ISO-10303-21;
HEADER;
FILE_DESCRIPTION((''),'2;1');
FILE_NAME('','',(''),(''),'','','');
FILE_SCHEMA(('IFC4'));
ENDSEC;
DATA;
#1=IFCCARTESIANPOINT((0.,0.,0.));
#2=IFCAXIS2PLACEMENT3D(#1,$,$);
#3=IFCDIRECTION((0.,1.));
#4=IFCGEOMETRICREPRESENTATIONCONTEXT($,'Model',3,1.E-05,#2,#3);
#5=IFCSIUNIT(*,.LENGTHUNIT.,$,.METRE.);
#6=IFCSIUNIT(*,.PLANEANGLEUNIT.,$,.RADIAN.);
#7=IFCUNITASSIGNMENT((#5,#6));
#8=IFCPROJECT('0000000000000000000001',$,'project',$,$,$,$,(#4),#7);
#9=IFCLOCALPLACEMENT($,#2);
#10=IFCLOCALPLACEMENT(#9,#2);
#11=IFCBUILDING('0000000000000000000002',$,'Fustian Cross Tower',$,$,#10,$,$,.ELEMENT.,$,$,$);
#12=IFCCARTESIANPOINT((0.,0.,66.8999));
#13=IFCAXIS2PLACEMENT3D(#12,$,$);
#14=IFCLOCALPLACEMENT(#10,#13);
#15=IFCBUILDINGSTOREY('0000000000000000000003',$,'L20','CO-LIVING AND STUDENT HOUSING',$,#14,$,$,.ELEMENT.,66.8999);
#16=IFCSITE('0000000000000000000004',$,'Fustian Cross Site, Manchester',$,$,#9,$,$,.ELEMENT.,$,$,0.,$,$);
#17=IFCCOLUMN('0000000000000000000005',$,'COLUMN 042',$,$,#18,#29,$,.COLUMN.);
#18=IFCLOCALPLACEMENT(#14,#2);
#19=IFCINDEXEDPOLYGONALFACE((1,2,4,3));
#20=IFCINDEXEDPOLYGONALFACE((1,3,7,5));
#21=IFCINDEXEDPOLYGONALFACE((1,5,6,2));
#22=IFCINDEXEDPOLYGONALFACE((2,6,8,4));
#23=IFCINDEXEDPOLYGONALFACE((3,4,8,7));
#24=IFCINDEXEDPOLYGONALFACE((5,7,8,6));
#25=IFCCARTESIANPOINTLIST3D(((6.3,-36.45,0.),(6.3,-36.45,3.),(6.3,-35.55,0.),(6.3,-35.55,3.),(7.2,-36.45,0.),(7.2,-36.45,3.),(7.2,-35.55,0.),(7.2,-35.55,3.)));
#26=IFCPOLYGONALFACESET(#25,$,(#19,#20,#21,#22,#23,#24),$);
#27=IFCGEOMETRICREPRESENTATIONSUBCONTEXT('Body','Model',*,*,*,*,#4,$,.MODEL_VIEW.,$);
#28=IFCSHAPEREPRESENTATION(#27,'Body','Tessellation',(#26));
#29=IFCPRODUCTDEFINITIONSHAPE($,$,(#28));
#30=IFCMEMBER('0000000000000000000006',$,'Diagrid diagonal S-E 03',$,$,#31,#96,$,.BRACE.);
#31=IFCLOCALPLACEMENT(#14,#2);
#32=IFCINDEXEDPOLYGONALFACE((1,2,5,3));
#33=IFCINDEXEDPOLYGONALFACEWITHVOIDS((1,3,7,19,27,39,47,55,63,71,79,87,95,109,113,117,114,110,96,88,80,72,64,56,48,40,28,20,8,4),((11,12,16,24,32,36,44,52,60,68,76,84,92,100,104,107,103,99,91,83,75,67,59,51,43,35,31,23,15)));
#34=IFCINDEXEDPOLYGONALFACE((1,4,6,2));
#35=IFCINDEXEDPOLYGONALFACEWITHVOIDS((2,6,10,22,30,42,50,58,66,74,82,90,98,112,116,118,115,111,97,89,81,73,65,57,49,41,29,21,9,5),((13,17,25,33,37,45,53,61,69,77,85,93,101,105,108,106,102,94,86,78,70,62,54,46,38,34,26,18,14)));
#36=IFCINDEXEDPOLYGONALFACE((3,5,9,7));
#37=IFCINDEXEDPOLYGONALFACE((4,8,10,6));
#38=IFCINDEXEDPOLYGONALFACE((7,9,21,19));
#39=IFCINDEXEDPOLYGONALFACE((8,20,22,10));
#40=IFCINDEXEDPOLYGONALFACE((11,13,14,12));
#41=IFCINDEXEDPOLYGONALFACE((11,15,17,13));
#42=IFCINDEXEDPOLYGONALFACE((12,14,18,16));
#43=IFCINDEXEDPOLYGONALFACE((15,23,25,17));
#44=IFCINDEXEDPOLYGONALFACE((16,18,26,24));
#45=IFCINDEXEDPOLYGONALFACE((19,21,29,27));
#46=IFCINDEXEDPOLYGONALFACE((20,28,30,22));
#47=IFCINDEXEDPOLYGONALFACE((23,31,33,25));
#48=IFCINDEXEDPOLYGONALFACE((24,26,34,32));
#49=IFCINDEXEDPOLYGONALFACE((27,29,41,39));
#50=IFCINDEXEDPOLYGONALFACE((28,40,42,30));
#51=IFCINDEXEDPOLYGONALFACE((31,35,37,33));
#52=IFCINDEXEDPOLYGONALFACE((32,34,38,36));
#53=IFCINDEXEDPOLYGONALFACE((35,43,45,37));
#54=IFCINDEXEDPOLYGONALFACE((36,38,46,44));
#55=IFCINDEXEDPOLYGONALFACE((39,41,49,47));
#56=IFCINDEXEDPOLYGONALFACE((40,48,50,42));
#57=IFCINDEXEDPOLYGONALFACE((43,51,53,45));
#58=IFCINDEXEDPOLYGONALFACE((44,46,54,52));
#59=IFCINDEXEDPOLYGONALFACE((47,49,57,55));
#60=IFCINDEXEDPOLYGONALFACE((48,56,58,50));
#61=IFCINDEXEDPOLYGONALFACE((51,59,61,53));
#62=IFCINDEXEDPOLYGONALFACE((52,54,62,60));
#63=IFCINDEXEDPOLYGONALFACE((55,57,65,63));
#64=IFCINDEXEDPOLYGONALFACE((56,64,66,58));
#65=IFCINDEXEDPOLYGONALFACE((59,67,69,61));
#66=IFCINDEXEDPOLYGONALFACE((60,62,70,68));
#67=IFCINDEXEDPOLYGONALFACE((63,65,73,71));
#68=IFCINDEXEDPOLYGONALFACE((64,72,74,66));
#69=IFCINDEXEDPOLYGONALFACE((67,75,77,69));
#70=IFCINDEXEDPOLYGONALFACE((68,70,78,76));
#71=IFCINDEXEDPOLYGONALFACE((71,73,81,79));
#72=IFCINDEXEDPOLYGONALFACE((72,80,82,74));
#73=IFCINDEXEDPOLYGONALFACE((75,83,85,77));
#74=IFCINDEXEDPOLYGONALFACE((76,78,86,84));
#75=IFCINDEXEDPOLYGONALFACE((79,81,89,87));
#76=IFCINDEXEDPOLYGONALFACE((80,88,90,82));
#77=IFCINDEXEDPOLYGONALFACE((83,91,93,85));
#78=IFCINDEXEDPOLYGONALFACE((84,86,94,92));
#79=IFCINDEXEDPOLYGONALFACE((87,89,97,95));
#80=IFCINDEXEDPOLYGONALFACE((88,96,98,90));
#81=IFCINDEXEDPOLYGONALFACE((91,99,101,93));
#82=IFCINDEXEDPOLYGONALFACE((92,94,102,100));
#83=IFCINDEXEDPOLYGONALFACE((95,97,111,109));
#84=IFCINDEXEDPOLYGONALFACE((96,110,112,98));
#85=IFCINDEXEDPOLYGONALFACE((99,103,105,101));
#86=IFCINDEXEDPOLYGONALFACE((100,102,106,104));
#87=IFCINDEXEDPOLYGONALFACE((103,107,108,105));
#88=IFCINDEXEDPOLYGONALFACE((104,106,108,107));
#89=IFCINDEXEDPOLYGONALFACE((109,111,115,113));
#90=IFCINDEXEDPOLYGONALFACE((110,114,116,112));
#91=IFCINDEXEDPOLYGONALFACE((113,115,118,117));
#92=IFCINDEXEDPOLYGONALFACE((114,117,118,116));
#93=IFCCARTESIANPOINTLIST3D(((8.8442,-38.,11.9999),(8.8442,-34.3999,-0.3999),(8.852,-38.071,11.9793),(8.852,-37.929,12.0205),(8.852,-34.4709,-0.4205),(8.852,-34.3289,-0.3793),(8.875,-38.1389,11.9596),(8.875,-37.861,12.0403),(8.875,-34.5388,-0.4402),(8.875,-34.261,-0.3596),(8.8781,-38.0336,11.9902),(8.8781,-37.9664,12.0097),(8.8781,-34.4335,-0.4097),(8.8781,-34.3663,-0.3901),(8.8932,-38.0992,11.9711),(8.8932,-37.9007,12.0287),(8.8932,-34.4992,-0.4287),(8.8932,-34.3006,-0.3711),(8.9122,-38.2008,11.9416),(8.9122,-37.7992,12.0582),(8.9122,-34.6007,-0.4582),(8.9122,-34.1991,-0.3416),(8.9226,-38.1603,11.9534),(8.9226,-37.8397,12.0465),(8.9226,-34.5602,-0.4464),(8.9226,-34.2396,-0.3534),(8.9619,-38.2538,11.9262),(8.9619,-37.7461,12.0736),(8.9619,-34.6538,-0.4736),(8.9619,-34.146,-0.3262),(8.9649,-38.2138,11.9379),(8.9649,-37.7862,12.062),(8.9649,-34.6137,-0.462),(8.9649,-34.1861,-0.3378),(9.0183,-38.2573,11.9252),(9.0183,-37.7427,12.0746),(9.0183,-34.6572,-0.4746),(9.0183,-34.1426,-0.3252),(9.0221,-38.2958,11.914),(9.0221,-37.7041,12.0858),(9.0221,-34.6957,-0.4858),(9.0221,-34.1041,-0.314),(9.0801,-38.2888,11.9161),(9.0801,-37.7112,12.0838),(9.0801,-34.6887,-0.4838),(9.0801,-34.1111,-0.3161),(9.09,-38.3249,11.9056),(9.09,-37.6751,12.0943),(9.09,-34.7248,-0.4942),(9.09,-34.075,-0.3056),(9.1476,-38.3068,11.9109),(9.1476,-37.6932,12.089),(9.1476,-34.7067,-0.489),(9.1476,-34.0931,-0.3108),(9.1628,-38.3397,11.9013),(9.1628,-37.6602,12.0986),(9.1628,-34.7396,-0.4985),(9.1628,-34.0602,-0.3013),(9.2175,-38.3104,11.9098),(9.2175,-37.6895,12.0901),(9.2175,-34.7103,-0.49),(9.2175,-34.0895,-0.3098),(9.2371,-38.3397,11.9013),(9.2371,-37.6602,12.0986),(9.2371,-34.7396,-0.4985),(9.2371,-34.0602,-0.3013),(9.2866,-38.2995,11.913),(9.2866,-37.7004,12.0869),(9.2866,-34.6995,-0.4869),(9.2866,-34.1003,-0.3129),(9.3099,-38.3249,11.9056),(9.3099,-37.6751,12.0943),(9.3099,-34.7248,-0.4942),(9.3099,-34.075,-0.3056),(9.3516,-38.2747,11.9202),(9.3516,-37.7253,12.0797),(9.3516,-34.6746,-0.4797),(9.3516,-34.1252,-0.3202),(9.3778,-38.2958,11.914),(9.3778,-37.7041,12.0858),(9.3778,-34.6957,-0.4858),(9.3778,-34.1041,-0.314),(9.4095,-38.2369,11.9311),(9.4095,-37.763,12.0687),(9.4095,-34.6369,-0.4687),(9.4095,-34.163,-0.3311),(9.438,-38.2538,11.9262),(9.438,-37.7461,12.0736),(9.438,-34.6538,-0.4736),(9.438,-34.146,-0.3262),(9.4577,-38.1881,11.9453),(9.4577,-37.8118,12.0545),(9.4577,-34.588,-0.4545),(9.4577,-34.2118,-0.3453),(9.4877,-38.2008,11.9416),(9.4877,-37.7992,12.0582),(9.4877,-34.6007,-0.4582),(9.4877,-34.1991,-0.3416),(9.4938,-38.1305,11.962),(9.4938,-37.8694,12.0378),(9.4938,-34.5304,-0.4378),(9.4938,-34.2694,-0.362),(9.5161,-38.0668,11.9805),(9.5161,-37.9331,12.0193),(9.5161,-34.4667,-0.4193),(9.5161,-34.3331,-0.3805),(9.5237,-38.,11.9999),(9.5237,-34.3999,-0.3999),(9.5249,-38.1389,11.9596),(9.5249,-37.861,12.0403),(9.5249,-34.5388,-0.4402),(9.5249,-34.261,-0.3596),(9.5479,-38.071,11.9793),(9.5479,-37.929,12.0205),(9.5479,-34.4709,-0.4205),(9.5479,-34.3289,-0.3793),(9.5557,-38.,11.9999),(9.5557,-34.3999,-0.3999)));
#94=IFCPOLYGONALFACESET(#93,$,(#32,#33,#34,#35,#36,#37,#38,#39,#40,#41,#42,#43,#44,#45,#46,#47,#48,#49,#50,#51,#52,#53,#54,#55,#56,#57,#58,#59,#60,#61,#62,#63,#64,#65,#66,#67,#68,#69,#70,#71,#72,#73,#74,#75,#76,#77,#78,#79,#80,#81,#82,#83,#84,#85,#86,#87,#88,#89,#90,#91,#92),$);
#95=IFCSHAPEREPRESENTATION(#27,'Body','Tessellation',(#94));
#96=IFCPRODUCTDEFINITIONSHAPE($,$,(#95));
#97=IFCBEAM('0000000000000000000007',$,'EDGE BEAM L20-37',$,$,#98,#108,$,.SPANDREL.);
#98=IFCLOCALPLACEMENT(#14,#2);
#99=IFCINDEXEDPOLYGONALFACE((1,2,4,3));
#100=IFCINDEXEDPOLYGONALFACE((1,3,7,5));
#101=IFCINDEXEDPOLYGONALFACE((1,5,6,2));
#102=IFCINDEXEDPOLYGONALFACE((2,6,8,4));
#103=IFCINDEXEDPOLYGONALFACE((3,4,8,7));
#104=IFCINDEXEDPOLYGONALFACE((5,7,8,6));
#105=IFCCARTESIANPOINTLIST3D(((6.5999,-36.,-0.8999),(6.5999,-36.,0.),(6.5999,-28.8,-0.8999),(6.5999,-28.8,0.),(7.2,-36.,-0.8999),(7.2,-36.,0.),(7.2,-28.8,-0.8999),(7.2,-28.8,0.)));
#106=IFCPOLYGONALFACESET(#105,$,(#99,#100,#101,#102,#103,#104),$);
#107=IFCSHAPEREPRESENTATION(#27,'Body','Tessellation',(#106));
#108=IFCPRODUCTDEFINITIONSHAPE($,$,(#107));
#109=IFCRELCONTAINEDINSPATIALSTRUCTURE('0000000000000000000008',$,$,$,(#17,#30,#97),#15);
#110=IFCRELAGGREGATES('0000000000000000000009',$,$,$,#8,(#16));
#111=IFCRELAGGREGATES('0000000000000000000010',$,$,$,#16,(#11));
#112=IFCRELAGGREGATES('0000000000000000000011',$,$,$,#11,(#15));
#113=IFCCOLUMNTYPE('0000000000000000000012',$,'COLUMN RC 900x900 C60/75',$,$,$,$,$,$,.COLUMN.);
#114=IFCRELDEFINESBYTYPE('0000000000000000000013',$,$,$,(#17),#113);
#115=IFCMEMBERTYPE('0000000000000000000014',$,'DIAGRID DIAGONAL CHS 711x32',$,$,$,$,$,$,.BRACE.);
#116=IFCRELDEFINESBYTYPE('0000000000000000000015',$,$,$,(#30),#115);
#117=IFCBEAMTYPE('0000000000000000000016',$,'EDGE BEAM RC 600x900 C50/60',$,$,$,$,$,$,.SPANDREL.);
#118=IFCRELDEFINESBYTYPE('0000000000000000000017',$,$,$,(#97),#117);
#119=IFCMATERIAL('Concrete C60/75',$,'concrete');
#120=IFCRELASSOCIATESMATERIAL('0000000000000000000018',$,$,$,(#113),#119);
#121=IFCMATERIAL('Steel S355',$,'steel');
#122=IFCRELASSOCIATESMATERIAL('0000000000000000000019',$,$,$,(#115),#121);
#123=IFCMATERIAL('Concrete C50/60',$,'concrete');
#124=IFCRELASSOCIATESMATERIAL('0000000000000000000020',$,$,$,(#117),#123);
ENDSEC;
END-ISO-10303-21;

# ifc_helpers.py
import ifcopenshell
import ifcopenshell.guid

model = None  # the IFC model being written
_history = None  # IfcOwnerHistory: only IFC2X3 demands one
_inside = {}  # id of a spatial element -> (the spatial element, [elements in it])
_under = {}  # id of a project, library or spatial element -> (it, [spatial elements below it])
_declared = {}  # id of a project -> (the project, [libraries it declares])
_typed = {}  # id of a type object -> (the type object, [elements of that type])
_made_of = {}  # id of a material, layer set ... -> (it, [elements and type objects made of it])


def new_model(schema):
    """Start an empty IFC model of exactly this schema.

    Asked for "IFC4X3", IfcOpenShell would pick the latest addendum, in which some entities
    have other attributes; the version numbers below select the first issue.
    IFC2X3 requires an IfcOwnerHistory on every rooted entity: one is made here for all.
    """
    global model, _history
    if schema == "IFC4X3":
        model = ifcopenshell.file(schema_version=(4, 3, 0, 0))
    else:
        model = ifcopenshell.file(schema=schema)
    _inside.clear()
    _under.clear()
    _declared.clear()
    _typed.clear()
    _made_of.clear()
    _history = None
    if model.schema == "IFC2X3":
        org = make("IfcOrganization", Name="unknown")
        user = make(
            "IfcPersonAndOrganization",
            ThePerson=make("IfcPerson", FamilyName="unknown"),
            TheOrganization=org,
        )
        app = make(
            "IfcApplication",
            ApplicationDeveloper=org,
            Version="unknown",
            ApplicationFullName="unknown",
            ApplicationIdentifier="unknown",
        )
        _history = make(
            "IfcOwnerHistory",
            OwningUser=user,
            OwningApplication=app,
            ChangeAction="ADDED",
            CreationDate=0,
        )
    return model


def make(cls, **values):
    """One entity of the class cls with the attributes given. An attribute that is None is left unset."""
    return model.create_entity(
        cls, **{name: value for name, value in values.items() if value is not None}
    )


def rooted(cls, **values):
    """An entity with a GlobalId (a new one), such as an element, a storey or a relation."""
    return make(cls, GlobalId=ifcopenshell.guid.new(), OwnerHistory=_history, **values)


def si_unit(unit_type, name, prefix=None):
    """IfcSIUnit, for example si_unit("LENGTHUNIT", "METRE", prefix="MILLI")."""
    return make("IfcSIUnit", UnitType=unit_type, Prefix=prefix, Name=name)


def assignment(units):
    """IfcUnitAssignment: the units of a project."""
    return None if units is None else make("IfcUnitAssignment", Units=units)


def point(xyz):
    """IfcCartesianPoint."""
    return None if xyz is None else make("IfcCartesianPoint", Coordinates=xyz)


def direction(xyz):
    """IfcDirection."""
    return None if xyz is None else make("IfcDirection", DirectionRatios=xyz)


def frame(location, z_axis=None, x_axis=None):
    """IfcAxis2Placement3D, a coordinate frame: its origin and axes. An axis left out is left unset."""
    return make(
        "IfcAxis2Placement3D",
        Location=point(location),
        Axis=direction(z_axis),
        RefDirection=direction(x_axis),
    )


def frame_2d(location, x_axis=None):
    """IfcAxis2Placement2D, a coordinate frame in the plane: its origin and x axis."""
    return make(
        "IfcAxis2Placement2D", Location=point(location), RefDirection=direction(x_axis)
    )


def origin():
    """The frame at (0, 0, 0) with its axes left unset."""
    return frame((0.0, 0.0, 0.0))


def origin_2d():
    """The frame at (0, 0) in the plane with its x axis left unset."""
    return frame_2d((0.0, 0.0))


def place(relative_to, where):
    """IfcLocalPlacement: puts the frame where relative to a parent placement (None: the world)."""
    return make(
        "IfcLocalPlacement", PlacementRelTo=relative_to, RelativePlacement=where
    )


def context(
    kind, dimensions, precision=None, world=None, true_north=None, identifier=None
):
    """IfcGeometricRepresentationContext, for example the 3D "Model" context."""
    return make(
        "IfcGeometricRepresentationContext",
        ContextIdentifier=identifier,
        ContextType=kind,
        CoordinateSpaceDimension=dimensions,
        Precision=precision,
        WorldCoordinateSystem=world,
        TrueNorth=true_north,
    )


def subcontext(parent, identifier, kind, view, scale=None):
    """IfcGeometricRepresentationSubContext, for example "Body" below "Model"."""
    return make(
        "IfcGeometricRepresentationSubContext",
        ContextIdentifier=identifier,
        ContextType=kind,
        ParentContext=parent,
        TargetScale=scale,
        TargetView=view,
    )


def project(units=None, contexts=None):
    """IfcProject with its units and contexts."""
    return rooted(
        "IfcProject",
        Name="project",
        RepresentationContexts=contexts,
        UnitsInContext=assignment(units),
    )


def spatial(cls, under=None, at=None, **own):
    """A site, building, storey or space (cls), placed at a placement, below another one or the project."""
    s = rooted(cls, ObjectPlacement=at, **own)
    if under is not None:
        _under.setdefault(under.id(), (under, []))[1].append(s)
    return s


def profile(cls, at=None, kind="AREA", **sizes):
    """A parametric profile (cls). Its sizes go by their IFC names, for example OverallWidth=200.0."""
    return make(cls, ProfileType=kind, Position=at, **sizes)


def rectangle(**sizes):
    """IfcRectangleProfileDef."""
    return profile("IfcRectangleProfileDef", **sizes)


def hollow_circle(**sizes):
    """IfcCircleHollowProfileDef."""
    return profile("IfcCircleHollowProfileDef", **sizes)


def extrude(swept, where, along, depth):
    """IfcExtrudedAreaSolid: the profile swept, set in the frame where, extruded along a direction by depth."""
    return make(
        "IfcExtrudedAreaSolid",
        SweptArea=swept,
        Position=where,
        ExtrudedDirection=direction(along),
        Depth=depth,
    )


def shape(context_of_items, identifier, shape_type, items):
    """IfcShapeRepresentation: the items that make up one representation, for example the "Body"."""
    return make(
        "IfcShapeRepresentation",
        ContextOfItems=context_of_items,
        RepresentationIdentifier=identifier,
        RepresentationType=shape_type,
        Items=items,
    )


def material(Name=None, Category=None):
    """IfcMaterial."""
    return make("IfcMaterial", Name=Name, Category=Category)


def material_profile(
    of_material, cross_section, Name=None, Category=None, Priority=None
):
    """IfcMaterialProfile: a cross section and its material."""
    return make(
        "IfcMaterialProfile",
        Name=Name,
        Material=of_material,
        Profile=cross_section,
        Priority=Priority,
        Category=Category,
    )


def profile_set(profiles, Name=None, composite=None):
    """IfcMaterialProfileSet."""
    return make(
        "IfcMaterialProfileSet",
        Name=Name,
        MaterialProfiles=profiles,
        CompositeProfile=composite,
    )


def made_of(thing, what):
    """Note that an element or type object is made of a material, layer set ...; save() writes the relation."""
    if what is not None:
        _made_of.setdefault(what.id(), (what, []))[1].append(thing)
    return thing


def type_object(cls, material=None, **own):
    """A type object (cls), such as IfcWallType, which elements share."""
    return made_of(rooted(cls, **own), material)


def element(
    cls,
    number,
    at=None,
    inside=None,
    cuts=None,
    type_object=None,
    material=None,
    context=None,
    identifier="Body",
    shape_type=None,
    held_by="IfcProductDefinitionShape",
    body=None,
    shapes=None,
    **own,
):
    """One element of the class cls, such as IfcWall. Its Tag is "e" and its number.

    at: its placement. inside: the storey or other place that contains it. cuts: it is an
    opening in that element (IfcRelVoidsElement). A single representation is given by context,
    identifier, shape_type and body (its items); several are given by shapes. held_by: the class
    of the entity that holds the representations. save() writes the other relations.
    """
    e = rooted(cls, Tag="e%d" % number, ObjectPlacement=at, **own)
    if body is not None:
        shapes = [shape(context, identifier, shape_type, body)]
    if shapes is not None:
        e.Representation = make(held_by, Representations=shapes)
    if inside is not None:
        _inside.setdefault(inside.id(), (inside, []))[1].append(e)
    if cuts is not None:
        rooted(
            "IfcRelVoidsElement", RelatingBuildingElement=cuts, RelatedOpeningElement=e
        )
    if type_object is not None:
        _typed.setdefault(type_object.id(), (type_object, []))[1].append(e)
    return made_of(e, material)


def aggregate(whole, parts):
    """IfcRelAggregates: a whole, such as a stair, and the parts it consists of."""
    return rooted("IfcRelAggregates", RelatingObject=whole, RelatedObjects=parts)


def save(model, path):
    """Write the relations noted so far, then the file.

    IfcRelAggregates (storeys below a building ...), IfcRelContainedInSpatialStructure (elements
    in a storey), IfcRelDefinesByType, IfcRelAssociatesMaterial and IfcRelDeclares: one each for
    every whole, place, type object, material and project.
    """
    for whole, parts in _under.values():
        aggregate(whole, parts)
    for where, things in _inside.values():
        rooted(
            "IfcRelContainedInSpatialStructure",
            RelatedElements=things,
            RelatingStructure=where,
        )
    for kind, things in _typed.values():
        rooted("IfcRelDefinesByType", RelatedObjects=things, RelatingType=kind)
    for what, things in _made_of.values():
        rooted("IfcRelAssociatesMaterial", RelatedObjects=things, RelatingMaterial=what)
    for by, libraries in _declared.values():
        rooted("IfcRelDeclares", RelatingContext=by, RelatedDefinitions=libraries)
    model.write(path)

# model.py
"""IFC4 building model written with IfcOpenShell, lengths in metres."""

from ifc_helpers import new_model, si_unit, direction, frame, origin, origin_2d, place, context, subcontext, project, spatial, rectangle, hollow_circle, extrude, material, material_profile, profile_set, type_object, element, save


model = new_model("IFC4")

# Units and contexts
model_context = context("Model", 3, precision=1e-05, world=origin(), true_north=direction((0.0, 1.0)))
body_context = subcontext(model_context, "Body", "Model", "MODEL_VIEW")
ifc_project = project(units=[si_unit("LENGTHUNIT", "METRE"), si_unit("PLANEANGLEUNIT", "RADIAN")], contexts=[model_context])

# Site, building, storey
site_placement = place(None, origin())
site = spatial("IfcSite", under=ifc_project, at=site_placement, Name="Fustian Cross Site, Manchester", CompositionType="ELEMENT", RefElevation=0.0)
building_placement = place(site_placement, origin())
building = spatial("IfcBuilding", under=site, at=building_placement, Name="Fustian Cross Tower", CompositionType="ELEMENT")
storey_placement = place(building_placement, frame((0.0, 0.0, 66.8999)))
storey = spatial("IfcBuildingStorey", under=building, at=storey_placement, Name="L20", Description="CO-LIVING AND STUDENT HOUSING", CompositionType="ELEMENT", Elevation=66.8999)

# Column
ifc_material_1 = material(Name="Concrete C60/75", Category="concrete")
ifc_material_profile_1 = material_profile(ifc_material_1, rectangle(XDim=0.8999, YDim=0.8999, at=origin_2d()), Name="RC 900x900")
ifc_profile_set_1 = profile_set([ifc_material_profile_1], Name="Concrete C60/75")
column_type = type_object("IfcColumnType", Name="COLUMN RC 900x900 C60/75", PredefinedType="COLUMN", material=ifc_profile_set_1)
column_placement = place(storey_placement, frame((6.75, -36.0, 0.0), z_axis=(0.0, 0.0, 1.0), x_axis=(1.0, 0.0, 0.0)))
element("IfcColumn", 1, at=column_placement, inside=storey, type_object=column_type, Name="COLUMN 042", PredefinedType="COLUMN", context=body_context, shape_type="SweptSolid", body=[
    extrude(rectangle(XDim=0.8999, YDim=0.8999, at=origin_2d()), origin(), (0.0, 0.0, 1.0), 3.0),
])

# Member
ifc_material_2 = material(Name="Steel S355", Category="steel")
ifc_material_profile_2 = material_profile(ifc_material_2, hollow_circle(Radius=0.3557, WallThickness=0.032, at=origin_2d()), Name="CHS 711x32")
ifc_profile_set_2 = profile_set([ifc_material_profile_2], Name="Steel S355")
member_type = type_object("IfcMemberType", Name="DIAGRID DIAGONAL CHS 711x32", PredefinedType="BRACE", material=ifc_profile_set_2)
member_placement = place(storey_placement, frame((9.2, -34.3999, -0.3999), z_axis=(0.0, -0.278819, 0.960344), x_axis=(1.0, 0.0, 0.0)))
element("IfcMember", 2, at=member_placement, inside=storey, type_object=member_type, Name="Diagrid diagonal S-E 03", PredefinedType="BRACE", context=body_context, shape_type="SweptSolid", body=[
    extrude(hollow_circle(Radius=0.3557, WallThickness=0.032, at=origin_2d()), origin(), (0.0, 0.0, 1.0), 12.9119),
])

# Beam
ifc_material_3 = material(Name="Concrete C50/60", Category="concrete")
ifc_material_profile_3 = material_profile(ifc_material_3, rectangle(XDim=0.6001, YDim=0.8999, at=origin_2d()), Name="RC 600x900")
ifc_profile_set_3 = profile_set([ifc_material_profile_3], Name="Concrete C50/60")
beam_type = type_object("IfcBeamType", Name="EDGE BEAM RC 600x900 C50/60", PredefinedType="SPANDREL", material=ifc_profile_set_3)
beam_placement = place(storey_placement, frame((6.8999, -36.0, -0.45), z_axis=(0.0, 1.0, 0.0), x_axis=(-1.0, 0.0, 0.0)))
element("IfcBeam", 3, at=beam_placement, inside=storey, type_object=beam_type, Name="EDGE BEAM L20-37", PredefinedType="SPANDREL", context=body_context, shape_type="SweptSolid", body=[
    extrude(rectangle(XDim=0.6001, YDim=0.8999, at=origin_2d()), origin(), (0.0, 0.0, 1.0), 7.2),
])

save(model, "model.ifc")
